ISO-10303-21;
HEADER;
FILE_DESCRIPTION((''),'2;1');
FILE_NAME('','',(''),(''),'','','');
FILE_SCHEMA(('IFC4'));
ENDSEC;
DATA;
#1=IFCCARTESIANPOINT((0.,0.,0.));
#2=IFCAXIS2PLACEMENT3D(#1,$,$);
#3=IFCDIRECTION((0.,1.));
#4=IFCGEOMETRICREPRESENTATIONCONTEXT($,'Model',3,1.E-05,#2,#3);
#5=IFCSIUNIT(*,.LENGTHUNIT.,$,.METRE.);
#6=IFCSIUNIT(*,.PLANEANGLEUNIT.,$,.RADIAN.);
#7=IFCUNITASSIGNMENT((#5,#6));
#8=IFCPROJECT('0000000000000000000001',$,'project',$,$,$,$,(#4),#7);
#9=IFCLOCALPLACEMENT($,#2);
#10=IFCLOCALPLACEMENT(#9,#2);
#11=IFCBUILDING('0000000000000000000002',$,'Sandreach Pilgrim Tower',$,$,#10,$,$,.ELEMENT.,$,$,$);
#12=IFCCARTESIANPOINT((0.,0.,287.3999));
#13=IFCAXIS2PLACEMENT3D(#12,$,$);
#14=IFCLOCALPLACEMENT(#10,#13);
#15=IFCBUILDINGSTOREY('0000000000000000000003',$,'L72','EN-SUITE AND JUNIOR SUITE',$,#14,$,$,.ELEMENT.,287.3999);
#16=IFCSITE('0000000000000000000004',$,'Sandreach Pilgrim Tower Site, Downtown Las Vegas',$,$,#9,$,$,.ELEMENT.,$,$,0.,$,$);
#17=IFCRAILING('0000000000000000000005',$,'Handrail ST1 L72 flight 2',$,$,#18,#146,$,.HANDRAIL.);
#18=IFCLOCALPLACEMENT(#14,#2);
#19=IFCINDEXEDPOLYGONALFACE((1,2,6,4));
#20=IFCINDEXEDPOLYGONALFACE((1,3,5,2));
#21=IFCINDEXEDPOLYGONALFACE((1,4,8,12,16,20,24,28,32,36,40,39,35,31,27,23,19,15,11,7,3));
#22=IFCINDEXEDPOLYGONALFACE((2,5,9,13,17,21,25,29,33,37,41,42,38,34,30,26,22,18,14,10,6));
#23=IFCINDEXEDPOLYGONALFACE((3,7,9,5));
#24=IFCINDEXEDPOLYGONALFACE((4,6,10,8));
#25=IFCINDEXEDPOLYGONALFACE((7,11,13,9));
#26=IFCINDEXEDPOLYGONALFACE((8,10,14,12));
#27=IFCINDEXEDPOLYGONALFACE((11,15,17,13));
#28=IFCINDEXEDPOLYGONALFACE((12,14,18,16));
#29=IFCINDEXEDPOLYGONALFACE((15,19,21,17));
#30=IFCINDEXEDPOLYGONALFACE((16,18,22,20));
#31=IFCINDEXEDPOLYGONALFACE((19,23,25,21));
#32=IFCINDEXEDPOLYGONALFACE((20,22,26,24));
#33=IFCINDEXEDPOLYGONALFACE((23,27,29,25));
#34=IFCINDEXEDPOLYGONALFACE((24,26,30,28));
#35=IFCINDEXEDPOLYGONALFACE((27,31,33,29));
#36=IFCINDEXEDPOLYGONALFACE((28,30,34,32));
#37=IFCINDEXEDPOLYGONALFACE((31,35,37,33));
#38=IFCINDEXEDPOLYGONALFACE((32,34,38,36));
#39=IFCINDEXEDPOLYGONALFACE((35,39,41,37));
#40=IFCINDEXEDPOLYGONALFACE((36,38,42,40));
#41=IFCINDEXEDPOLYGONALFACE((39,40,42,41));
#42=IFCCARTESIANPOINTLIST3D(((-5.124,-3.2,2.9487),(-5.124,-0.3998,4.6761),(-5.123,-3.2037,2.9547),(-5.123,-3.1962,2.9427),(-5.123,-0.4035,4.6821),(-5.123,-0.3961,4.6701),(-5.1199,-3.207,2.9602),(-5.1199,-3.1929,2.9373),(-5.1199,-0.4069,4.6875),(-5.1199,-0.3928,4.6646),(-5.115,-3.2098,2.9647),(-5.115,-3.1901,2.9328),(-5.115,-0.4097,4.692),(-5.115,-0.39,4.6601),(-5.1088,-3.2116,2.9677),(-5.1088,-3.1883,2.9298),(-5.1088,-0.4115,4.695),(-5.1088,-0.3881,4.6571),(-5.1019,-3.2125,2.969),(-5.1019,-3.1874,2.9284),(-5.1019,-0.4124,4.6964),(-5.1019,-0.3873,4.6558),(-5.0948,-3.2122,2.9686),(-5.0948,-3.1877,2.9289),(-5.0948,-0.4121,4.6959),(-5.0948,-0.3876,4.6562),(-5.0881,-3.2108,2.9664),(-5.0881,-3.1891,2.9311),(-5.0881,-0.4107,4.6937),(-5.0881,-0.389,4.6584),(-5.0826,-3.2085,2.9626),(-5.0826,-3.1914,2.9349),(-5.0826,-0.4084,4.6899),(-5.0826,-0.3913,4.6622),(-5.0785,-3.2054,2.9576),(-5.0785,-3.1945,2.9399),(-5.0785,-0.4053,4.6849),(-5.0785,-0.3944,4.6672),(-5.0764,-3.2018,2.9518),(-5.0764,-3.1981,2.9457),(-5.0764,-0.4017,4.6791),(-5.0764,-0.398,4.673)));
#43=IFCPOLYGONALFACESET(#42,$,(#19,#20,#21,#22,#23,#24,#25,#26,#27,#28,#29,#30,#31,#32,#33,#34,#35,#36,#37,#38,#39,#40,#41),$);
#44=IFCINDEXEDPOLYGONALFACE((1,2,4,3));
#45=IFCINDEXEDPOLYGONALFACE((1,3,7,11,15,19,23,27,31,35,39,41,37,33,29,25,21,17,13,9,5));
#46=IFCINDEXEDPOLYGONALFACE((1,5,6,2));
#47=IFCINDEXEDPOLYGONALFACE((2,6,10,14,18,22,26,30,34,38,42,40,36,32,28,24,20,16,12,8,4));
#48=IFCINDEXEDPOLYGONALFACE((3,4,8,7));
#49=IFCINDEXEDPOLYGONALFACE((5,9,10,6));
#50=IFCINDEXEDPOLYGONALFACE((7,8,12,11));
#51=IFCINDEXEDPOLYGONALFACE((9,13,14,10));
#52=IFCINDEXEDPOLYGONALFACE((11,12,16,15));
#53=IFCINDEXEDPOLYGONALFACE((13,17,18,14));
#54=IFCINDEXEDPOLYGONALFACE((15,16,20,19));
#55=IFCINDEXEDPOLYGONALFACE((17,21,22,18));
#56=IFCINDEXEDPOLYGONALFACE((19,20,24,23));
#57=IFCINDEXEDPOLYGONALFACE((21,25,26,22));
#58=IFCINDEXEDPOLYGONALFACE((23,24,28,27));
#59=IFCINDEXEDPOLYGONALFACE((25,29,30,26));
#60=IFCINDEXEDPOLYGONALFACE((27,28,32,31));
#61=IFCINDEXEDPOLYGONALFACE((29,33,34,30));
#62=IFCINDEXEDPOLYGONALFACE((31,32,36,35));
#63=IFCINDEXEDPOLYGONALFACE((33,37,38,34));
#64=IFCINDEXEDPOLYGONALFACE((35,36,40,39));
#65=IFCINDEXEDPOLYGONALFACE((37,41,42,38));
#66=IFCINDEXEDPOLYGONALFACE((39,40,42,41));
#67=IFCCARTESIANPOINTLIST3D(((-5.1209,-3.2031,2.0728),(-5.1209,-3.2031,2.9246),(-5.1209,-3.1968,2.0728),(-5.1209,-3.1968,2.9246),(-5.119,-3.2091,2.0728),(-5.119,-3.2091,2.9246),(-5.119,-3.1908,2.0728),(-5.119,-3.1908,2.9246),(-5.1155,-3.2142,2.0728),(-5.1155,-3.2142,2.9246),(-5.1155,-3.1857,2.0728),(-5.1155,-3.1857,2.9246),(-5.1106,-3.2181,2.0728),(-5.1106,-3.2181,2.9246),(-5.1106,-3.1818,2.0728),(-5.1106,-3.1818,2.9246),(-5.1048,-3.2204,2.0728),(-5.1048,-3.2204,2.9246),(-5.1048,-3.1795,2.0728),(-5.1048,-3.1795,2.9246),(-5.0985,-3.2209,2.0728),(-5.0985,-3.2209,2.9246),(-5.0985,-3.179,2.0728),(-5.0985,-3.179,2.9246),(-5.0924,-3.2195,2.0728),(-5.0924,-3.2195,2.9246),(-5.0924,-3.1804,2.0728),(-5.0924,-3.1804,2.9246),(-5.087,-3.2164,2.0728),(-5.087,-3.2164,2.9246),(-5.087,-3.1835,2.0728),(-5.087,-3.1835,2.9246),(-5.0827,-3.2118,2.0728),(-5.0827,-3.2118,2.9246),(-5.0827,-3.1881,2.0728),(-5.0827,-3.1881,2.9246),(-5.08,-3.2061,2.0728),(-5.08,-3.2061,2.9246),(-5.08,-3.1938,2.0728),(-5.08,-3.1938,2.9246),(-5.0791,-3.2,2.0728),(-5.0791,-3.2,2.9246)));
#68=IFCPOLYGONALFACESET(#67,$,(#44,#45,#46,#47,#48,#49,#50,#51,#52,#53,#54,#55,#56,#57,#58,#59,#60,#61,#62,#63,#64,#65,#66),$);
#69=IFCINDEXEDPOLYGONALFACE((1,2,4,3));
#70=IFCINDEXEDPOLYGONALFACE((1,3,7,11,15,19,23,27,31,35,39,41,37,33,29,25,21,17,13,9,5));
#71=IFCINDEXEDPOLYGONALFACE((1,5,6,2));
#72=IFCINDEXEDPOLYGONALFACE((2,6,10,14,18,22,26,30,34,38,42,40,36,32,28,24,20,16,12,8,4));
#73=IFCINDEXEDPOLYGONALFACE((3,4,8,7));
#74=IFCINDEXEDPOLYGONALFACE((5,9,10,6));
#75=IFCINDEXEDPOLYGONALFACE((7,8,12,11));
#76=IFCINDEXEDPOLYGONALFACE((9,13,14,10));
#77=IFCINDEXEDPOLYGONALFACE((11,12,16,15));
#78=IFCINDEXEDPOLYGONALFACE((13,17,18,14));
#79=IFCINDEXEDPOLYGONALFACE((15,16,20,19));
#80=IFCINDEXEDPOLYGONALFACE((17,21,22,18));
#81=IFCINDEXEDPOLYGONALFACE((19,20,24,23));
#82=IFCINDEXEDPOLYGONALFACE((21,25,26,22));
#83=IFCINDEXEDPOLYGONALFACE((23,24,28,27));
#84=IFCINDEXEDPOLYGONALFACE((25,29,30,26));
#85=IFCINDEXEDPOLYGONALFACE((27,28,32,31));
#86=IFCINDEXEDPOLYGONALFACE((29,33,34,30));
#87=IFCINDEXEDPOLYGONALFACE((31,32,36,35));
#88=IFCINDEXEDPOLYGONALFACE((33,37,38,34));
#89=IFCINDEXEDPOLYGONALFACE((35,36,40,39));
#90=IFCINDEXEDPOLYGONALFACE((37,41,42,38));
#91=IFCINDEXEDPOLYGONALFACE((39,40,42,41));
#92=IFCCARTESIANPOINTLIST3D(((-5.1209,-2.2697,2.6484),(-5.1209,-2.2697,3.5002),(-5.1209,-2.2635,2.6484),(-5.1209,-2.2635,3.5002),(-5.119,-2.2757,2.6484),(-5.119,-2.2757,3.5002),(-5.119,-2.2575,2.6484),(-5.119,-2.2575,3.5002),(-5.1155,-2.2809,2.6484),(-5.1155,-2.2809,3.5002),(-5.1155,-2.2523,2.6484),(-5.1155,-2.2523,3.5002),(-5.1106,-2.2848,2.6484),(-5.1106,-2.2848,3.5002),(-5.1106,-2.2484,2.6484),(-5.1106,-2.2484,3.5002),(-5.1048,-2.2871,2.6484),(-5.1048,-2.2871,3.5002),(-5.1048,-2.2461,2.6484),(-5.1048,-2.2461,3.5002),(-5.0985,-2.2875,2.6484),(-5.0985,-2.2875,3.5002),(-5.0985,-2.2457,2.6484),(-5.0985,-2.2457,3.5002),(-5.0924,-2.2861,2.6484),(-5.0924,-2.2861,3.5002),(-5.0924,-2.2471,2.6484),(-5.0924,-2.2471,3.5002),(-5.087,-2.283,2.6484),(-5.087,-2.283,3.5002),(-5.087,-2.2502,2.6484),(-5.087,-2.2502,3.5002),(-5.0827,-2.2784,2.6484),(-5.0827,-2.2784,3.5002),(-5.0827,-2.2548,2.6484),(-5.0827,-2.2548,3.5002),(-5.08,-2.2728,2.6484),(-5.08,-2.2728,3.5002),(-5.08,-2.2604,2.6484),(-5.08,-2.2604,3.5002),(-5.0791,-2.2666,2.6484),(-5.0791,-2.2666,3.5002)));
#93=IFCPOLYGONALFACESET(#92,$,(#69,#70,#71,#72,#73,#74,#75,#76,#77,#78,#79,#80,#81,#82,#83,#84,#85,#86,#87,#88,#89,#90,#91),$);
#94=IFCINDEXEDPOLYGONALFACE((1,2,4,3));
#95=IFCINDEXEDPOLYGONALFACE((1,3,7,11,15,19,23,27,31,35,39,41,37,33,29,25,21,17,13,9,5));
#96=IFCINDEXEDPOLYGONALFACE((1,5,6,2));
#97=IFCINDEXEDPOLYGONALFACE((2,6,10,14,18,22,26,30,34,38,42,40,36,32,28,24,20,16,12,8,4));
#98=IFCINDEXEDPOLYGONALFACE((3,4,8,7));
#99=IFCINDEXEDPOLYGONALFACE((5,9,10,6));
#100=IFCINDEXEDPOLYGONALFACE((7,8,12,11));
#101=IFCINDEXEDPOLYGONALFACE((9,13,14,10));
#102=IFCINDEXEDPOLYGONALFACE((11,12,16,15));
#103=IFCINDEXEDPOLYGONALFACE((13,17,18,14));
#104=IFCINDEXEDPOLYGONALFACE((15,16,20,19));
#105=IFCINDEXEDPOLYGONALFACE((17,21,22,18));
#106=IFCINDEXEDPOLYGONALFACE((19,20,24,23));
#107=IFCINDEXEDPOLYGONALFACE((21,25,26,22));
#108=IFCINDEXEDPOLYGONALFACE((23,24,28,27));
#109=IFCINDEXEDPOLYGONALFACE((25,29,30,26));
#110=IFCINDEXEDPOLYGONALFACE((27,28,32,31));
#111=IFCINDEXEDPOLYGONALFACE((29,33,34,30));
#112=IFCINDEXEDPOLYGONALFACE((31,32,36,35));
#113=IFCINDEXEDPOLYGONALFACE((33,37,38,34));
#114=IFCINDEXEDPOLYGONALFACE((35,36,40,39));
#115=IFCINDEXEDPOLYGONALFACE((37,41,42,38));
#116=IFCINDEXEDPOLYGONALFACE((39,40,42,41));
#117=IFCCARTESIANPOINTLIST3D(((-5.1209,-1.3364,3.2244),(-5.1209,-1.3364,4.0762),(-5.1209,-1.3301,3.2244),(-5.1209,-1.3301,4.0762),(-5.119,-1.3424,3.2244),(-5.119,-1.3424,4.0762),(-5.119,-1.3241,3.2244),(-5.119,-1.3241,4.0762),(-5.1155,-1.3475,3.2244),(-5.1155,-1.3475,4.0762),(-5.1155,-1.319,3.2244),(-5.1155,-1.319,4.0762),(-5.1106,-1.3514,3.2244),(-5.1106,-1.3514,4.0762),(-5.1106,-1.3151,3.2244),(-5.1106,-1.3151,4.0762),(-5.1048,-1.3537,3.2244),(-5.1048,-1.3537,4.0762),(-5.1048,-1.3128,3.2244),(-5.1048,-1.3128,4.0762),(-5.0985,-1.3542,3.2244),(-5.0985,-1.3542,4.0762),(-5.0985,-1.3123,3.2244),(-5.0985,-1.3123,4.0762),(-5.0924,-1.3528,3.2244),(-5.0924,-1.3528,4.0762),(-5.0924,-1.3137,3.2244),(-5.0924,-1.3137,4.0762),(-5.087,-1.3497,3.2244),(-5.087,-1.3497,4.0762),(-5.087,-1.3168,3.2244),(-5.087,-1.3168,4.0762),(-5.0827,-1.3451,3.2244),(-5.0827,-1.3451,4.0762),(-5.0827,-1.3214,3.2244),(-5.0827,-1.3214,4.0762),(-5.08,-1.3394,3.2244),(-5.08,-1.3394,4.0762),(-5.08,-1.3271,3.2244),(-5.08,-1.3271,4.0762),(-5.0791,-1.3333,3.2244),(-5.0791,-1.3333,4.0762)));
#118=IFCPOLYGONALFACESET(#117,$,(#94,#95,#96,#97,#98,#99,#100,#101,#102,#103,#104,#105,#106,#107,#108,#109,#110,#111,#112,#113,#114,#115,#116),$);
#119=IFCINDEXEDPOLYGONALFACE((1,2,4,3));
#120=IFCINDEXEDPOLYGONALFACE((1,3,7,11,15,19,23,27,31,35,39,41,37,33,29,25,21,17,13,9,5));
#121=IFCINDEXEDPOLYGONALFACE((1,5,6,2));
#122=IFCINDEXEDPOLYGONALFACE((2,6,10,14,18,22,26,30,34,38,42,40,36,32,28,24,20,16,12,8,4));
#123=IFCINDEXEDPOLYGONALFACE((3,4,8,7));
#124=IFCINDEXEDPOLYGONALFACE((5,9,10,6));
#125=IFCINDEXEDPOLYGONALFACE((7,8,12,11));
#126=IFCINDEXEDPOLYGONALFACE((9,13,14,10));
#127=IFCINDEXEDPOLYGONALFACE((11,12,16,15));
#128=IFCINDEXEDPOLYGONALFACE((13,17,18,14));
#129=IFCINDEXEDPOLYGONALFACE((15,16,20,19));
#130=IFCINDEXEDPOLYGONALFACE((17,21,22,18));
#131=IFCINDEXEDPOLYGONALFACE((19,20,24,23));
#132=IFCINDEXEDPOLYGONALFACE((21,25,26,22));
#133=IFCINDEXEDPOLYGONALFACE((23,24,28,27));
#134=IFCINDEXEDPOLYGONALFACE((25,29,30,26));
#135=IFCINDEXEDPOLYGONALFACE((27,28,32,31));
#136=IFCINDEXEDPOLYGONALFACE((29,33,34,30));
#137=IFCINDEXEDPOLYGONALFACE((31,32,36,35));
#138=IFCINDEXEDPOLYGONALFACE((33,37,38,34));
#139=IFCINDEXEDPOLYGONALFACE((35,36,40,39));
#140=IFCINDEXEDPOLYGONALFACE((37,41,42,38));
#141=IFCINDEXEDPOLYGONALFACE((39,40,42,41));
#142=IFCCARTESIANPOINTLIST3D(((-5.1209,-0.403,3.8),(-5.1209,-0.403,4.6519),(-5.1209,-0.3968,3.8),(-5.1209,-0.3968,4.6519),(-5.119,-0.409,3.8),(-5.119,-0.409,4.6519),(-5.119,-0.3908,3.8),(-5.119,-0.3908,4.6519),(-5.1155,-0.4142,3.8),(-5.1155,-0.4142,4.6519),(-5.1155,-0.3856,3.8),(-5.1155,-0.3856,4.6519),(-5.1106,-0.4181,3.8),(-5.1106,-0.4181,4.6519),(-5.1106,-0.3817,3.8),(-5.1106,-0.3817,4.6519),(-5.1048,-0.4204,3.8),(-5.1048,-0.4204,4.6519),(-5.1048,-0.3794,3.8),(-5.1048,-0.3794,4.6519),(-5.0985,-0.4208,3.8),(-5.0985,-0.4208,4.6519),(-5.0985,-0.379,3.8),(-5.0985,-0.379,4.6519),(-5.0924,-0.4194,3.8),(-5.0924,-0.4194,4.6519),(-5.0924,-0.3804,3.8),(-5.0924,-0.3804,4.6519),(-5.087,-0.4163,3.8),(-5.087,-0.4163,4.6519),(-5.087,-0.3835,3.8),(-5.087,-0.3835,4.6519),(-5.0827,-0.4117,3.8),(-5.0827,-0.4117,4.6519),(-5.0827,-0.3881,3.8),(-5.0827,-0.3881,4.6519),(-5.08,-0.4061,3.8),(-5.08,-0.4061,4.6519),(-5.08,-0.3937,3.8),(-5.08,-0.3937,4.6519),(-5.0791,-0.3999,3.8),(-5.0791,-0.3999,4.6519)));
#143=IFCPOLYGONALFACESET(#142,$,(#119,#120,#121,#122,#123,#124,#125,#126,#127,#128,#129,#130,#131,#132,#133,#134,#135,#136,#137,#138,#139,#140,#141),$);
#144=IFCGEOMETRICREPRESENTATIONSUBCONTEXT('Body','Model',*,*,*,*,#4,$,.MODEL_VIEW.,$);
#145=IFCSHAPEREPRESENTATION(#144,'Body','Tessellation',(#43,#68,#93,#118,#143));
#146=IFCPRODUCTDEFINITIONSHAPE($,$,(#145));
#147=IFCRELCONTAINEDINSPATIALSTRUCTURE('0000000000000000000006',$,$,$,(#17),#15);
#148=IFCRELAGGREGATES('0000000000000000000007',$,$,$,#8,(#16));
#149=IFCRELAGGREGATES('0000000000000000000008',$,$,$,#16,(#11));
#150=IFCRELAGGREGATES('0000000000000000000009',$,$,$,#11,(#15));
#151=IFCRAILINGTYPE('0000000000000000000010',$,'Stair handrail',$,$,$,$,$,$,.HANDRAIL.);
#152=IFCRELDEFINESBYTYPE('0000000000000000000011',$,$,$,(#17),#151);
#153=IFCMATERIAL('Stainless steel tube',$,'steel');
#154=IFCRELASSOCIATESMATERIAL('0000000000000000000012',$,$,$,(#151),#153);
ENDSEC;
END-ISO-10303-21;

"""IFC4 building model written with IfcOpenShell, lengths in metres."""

from ifc_helpers import new_model, si_unit, direction, frame, origin, origin_2d, place, context, subcontext, project, spatial, circle, extrude, material, type_object, element, save


model = new_model("IFC4")

# Units and contexts
model_context = context("Model", 3, precision=1e-05, world=origin(), true_north=direction((0.0, 1.0)))
body_context = subcontext(model_context, "Body", "Model", "MODEL_VIEW")
ifc_project = project(units=[si_unit("LENGTHUNIT", "METRE"), si_unit("PLANEANGLEUNIT", "RADIAN")], contexts=[model_context])

# Site, building, storey
site_placement = place(None, origin())
site = spatial("IfcSite", under=ifc_project, at=site_placement, Name="Sandreach Pilgrim Tower Site, Downtown Las Vegas", CompositionType="ELEMENT", RefElevation=0.0)
building_placement = place(site_placement, origin())
building = spatial("IfcBuilding", under=site, at=building_placement, Name="Sandreach Pilgrim Tower", CompositionType="ELEMENT")
storey_placement = place(building_placement, frame((0.0, 0.0, 287.3999)))
storey = spatial("IfcBuildingStorey", under=building, at=storey_placement, Name="L72", Description="EN-SUITE AND JUNIOR SUITE", CompositionType="ELEMENT", Elevation=287.3999)

# Railing
ifc_material_1 = material(Name="Stainless steel tube", Category="steel")
railing_type = type_object("IfcRailingType", Name="Stair handrail", PredefinedType="HANDRAIL", material=ifc_material_1)
for number, where, name in (
    (1, (-5.1001, -3.2, 2.0728), "Handrail ST1 L72 flight 2"),
):
    element("IfcRailing", number, at=place(storey_placement, frame(where)), inside=storey, type_object=railing_type, Name=name, PredefinedType="HANDRAIL", context=body_context, shape_type="SweptSolid", body=[
        extrude(circle(Radius=0.0239, at=origin_2d()), frame((0.0, 0.0, 0.876), z_axis=(0.0, 0.85109, 0.52502), x_axis=(-1.0, 0.0, 0.0)), (0.0, 0.0, 1.0), 3.29),
        extrude(circle(Radius=0.021, at=origin_2d()), origin(), (0.0, 0.0, 1.0), 0.8518),
        extrude(circle(Radius=0.021, at=origin_2d()), frame((0.0, 0.9333, 0.5757)), (0.0, 0.0, 1.0), 0.8518),
        extrude(circle(Radius=0.021, at=origin_2d()), frame((0.0, 1.8667, 1.1516)), (0.0, 0.0, 1.0), 0.8518),
        extrude(circle(Radius=0.021, at=origin_2d()), frame((0.0, 2.8, 1.7273)), (0.0, 0.0, 1.0), 0.8518),
    ])

save(model, "model.ifc")
